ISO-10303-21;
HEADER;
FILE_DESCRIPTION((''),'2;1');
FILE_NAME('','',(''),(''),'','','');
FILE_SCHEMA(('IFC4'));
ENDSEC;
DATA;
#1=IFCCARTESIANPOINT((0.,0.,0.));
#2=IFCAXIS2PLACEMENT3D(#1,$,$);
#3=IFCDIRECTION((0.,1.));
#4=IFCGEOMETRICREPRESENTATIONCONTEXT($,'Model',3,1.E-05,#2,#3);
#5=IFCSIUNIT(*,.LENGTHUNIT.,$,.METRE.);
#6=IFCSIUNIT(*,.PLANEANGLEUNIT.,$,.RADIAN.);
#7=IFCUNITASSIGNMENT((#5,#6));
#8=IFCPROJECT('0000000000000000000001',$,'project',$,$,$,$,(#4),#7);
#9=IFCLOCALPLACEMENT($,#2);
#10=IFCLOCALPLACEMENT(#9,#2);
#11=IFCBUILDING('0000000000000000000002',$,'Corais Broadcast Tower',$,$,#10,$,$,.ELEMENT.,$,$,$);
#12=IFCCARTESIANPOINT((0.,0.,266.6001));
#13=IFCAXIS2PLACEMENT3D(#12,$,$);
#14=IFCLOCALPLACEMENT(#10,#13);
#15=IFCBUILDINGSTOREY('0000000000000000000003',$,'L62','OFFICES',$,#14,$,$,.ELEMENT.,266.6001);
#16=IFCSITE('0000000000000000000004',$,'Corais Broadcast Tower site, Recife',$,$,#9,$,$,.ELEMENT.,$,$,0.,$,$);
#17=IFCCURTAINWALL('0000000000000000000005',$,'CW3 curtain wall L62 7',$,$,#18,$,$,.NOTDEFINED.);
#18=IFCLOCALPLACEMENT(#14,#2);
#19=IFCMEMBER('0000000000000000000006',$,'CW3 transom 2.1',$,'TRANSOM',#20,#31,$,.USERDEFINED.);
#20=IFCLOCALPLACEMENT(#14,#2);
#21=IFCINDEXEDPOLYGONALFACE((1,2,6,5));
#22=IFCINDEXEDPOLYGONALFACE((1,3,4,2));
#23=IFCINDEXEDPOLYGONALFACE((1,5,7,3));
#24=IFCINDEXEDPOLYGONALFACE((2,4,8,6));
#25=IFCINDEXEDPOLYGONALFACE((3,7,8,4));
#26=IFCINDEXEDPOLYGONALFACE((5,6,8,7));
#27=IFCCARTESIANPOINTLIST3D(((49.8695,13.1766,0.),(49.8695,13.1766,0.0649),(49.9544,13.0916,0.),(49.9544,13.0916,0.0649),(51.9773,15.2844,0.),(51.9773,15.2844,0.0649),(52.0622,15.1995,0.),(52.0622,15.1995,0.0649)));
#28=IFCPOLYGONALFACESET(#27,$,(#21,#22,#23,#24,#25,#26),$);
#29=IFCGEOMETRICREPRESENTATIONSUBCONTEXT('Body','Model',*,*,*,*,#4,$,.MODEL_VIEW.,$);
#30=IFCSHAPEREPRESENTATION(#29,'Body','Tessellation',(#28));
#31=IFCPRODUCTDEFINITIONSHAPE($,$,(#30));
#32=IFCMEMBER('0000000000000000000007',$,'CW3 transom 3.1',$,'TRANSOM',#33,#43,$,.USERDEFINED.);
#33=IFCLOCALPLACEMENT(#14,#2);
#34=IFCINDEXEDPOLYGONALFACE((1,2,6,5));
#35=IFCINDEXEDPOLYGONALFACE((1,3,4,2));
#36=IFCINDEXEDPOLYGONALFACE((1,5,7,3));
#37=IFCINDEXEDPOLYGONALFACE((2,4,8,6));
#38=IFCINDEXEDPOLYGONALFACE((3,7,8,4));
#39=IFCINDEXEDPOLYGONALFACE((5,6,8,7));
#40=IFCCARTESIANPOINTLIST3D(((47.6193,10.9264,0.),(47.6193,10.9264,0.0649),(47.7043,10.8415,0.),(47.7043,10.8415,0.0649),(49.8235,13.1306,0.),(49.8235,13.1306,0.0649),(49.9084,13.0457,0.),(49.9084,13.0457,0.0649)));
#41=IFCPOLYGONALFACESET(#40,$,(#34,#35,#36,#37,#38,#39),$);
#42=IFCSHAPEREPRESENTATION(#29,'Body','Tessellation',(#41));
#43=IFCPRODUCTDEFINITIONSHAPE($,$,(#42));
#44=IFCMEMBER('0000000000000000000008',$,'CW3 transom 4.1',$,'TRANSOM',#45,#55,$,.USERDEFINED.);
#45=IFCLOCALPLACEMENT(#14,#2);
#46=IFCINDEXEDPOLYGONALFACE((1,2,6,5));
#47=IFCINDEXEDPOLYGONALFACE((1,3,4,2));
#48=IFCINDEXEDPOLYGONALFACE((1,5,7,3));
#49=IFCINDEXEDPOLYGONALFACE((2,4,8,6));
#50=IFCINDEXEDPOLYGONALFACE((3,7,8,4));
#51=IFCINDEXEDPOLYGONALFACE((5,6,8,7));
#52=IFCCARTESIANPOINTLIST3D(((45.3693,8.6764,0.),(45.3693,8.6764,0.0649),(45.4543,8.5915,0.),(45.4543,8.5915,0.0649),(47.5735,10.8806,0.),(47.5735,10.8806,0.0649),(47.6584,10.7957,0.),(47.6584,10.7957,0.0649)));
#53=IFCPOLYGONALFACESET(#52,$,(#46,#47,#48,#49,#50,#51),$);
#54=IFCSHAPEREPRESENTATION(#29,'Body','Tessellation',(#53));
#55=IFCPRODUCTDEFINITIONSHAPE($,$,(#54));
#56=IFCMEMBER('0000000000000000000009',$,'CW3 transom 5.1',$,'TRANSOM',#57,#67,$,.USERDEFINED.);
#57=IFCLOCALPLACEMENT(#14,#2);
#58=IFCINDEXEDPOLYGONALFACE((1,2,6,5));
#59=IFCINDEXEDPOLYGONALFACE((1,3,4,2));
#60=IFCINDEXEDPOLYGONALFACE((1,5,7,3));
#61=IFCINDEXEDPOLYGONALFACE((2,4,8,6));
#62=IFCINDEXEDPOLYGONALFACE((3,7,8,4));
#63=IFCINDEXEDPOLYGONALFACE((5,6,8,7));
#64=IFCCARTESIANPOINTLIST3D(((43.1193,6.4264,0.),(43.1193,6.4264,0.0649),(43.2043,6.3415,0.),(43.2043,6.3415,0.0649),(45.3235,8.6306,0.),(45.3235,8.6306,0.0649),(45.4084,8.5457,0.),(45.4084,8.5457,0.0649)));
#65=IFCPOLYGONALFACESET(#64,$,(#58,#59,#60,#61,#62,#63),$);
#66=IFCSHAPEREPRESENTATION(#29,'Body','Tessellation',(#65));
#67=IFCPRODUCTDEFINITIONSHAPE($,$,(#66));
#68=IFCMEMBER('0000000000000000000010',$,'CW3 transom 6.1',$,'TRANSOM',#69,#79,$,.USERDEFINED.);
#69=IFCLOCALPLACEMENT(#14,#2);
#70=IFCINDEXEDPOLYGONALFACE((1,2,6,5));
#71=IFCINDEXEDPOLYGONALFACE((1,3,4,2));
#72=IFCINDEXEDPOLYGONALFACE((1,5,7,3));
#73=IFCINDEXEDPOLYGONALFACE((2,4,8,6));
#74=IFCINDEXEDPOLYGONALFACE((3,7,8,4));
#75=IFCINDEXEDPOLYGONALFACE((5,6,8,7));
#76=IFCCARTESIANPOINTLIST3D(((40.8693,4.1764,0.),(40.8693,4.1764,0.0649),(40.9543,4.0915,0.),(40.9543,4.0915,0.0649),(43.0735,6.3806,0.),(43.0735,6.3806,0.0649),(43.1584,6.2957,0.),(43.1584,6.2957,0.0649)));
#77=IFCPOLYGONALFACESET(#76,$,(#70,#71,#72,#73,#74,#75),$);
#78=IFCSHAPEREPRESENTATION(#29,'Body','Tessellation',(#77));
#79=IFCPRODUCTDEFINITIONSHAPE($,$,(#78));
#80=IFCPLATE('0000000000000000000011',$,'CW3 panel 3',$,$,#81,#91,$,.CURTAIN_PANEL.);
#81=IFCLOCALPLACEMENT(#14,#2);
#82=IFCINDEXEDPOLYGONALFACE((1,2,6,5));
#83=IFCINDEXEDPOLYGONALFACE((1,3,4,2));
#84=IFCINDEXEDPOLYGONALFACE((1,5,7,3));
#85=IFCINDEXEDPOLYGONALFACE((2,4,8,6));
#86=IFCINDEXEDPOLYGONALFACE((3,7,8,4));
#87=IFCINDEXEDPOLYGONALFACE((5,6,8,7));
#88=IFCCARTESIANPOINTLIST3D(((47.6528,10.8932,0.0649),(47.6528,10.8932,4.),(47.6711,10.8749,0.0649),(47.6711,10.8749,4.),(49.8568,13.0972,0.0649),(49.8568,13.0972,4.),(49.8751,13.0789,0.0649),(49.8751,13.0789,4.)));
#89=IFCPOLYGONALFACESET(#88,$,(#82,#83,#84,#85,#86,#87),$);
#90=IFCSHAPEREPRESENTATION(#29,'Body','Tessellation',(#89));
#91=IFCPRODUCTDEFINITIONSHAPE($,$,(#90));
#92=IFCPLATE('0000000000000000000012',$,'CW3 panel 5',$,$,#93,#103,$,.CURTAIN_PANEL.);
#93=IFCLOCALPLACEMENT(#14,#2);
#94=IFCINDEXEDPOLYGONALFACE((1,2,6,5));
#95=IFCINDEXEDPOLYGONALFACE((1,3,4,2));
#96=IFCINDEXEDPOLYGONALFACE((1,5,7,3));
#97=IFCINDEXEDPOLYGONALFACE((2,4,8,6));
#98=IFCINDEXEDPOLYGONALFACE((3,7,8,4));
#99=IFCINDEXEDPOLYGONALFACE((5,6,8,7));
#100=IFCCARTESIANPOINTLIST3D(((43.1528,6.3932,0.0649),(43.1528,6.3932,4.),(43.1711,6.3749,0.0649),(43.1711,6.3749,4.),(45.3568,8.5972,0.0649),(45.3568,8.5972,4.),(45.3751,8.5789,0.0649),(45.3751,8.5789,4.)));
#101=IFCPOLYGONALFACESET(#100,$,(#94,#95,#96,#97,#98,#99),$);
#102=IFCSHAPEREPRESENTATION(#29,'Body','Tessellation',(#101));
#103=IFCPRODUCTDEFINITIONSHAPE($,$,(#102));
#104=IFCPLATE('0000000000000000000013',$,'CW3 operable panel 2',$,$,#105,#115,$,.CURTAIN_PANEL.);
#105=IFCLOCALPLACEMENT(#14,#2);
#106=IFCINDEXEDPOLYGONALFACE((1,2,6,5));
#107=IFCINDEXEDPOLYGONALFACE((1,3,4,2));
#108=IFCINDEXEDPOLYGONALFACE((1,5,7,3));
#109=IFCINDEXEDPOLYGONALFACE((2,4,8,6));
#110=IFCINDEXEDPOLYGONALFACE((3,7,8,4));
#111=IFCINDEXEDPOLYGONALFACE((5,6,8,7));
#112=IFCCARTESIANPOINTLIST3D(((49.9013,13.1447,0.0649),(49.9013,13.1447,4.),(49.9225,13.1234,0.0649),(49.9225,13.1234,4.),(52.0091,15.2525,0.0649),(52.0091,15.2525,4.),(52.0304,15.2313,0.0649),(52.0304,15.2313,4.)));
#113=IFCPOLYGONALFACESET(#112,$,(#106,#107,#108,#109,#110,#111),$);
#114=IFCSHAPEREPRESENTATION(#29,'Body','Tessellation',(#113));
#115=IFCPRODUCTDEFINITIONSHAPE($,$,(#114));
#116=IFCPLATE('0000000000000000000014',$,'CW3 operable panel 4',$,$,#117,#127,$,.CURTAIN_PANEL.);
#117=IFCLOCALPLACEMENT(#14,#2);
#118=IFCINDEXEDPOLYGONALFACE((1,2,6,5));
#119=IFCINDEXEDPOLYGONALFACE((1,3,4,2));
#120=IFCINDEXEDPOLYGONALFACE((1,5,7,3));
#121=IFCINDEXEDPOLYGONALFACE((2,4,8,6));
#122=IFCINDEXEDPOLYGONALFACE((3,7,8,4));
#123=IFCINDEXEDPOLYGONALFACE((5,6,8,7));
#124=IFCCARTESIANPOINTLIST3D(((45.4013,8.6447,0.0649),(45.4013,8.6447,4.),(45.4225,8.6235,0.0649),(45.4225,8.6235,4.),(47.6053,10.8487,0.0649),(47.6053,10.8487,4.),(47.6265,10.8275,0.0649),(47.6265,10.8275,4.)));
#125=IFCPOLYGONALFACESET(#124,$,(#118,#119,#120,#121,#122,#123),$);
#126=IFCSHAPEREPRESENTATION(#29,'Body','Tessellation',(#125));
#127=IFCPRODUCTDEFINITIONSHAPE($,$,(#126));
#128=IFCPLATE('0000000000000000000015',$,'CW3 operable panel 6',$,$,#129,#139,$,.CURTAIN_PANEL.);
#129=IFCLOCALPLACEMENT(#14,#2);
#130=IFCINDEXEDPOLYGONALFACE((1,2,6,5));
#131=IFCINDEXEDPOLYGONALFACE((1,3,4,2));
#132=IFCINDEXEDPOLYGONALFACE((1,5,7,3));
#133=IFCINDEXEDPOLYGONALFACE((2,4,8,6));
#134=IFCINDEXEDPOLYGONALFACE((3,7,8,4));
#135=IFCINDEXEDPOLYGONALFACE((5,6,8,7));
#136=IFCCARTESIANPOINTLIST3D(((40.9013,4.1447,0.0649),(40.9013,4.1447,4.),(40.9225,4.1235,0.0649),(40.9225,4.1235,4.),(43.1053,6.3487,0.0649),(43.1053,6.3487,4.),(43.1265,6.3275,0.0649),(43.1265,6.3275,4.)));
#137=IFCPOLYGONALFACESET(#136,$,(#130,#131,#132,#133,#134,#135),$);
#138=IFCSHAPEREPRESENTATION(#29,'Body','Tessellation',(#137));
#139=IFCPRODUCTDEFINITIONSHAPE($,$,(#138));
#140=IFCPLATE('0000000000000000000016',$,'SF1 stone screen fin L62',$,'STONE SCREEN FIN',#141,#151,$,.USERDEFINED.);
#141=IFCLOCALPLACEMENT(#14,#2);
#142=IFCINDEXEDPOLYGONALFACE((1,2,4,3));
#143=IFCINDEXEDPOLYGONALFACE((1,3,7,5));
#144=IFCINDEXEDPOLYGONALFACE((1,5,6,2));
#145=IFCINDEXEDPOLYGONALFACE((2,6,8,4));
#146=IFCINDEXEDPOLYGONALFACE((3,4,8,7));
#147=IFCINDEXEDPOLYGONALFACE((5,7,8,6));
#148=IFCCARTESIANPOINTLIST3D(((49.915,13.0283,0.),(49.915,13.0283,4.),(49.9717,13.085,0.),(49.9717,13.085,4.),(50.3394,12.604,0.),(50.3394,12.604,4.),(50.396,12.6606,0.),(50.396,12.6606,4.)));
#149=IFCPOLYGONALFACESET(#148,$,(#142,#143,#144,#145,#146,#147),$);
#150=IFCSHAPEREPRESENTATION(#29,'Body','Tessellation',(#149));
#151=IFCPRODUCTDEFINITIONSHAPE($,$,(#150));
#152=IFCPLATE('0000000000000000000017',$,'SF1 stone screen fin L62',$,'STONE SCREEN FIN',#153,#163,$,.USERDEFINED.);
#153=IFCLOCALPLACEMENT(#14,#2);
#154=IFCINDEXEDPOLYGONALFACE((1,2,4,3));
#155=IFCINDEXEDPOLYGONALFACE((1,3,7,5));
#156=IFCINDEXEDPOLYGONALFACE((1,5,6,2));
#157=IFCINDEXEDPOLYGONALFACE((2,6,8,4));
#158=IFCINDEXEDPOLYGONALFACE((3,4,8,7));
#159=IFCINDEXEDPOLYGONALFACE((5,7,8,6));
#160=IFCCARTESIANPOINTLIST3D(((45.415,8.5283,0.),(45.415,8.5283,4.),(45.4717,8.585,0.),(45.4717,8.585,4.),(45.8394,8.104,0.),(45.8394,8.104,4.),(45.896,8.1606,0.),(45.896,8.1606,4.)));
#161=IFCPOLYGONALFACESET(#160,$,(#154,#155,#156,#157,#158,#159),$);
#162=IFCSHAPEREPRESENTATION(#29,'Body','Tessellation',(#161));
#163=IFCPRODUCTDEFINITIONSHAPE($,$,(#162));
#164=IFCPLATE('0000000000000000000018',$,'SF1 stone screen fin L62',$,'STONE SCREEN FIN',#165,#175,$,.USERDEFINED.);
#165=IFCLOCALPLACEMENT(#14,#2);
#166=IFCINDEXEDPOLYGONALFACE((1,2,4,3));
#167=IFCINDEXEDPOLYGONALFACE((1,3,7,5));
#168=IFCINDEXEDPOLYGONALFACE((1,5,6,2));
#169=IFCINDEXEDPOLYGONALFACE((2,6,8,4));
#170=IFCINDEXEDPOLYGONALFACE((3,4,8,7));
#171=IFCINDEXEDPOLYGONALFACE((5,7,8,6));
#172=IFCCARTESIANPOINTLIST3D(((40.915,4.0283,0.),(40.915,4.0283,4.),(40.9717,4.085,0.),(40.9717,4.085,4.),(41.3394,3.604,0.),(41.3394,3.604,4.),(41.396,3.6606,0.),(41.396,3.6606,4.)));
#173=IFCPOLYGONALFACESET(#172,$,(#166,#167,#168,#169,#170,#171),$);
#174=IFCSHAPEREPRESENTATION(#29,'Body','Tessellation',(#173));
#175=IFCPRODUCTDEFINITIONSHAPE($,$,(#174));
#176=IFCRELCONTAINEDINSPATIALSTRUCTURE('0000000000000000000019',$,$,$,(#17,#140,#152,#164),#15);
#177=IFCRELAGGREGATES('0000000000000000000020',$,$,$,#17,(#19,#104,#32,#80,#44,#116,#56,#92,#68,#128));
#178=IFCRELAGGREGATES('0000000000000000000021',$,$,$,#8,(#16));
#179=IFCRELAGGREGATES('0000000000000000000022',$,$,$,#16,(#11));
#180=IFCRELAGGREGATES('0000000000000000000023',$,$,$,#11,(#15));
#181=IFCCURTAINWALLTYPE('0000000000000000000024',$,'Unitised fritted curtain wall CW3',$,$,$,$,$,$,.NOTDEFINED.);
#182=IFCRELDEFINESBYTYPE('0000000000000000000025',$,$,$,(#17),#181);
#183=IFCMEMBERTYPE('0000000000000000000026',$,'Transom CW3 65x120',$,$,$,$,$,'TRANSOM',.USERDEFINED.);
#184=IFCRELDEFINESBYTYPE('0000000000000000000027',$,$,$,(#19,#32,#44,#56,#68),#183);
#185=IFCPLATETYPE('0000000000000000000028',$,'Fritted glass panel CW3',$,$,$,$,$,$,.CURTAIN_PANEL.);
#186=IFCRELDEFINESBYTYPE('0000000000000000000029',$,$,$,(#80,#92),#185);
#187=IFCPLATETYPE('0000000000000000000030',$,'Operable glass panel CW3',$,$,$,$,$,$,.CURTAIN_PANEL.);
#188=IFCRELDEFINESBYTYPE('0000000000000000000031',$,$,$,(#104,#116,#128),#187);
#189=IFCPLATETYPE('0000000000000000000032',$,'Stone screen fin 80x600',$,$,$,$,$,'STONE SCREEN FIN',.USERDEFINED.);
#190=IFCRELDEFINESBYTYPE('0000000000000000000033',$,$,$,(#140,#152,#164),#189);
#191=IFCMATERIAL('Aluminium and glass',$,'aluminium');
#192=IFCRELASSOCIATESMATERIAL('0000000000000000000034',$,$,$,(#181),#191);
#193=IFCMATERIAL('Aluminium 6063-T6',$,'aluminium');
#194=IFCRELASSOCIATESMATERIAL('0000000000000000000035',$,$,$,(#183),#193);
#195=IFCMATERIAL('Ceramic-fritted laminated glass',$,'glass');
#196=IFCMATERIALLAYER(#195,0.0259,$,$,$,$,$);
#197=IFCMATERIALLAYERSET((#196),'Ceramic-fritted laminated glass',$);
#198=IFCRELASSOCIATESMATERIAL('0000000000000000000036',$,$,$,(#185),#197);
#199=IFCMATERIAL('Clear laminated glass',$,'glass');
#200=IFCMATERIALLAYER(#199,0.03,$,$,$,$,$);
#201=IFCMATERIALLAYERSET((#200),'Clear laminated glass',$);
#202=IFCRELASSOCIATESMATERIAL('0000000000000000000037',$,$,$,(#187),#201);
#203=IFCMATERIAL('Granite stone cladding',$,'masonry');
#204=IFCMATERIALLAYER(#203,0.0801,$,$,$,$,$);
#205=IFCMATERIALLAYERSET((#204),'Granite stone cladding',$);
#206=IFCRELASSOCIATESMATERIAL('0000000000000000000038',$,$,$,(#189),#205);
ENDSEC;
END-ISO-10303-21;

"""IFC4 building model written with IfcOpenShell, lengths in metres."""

from ifc_helpers import new_model, si_unit, direction, frame, origin, origin_2d, place, context, subcontext, project, spatial, rectangle, extrude, material, layer, layer_set, material_profile, profile_set, type_object, element, aggregate, save


model = new_model("IFC4")

# Units and contexts
model_context = context("Model", 3, precision=1e-05, world=origin(), true_north=direction((0.0, 1.0)))
body_context = subcontext(model_context, "Body", "Model", "MODEL_VIEW")
ifc_project = project(units=[si_unit("LENGTHUNIT", "METRE"), si_unit("PLANEANGLEUNIT", "RADIAN")], contexts=[model_context])

# Site, building, storey
site_placement = place(None, origin())
site = spatial("IfcSite", under=ifc_project, at=site_placement, Name="Corais Broadcast Tower site, Recife", CompositionType="ELEMENT", RefElevation=0.0)
building_placement = place(site_placement, origin())
building = spatial("IfcBuilding", under=site, at=building_placement, Name="Corais Broadcast Tower", CompositionType="ELEMENT")
storey_placement = place(building_placement, frame((0.0, 0.0, 266.6001)))
storey = spatial("IfcBuildingStorey", under=building, at=storey_placement, Name="L62", Description="OFFICES", CompositionType="ELEMENT", Elevation=266.6001)

# Curtain wall
ifc_material_1 = material(Name="Aluminium and glass", Category="aluminium")
curtain_wall_type = type_object("IfcCurtainWallType", Name="Unitised fritted curtain wall CW3", PredefinedType="NOTDEFINED", material=ifc_material_1)
curtain_wall_placement = place(storey_placement, origin())
curtain_wall = element("IfcCurtainWall", 1, at=curtain_wall_placement, inside=storey, type_object=curtain_wall_type, Name="CW3 curtain wall L62 7", PredefinedType="NOTDEFINED")

# Members
ifc_material_2 = material(Name="Aluminium 6063-T6", Category="aluminium")
ifc_material_profile_1 = material_profile(ifc_material_2, rectangle(XDim=0.1201, YDim=0.0649, at=origin_2d()), Name="Transom CW3 65x120")
ifc_profile_set_1 = profile_set([ifc_material_profile_1], Name="Aluminium 6063-T6")
member_type_1 = type_object("IfcMemberType", Name="Transom CW3 65x120", ElementType="TRANSOM", PredefinedType="USERDEFINED", material=ifc_profile_set_1)
member_1_placement = place(storey_placement, frame((52.0198, 15.2419, 0.0325), z_axis=(-0.707107, -0.707107, 0.0), x_axis=(0.707107, -0.707107, 0.0)))
member_1 = element("IfcMember", 2, at=member_1_placement, type_object=member_type_1, Name="CW3 transom 2.1", ObjectType="TRANSOM", PredefinedType="USERDEFINED", context=body_context, shape_type="SweptSolid", body=[
    extrude(rectangle(XDim=0.1201, YDim=0.0649, at=origin_2d()), origin(), (0.0, 0.0, 1.0), 2.981),
])
member_2_placement = place(storey_placement, frame((49.866, 13.0881, 0.0325), z_axis=(-0.707107, -0.707107, 0.0), x_axis=(0.707107, -0.707107, 0.0)))
member_2 = element("IfcMember", 3, at=member_2_placement, type_object=member_type_1, Name="CW3 transom 3.1", ObjectType="TRANSOM", PredefinedType="USERDEFINED", context=body_context, shape_type="SweptSolid", body=[
    extrude(rectangle(XDim=0.1201, YDim=0.0649, at=origin_2d()), origin(), (0.0, 0.0, 1.0), 3.1172),
])
member_3_placement = place(storey_placement, frame((47.616, 10.8381, 0.0325), z_axis=(-0.707107, -0.707107, 0.0), x_axis=(0.707107, -0.707107, 0.0)))
member_3 = element("IfcMember", 4, at=member_3_placement, type_object=member_type_1, Name="CW3 transom 4.1", ObjectType="TRANSOM", PredefinedType="USERDEFINED", context=body_context, shape_type="SweptSolid", body=[
    extrude(rectangle(XDim=0.1201, YDim=0.0649, at=origin_2d()), origin(), (0.0, 0.0, 1.0), 3.1172),
])
member_4_placement = place(storey_placement, frame((45.366, 8.5881, 0.0325), z_axis=(-0.707107, -0.707107, 0.0), x_axis=(0.707107, -0.707107, 0.0)))
member_4 = element("IfcMember", 5, at=member_4_placement, type_object=member_type_1, Name="CW3 transom 5.1", ObjectType="TRANSOM", PredefinedType="USERDEFINED", context=body_context, shape_type="SweptSolid", body=[
    extrude(rectangle(XDim=0.1201, YDim=0.0649, at=origin_2d()), origin(), (0.0, 0.0, 1.0), 3.1172),
])
member_5_placement = place(storey_placement, frame((43.116, 6.3381, 0.0325), z_axis=(-0.707107, -0.707107, 0.0), x_axis=(0.707107, -0.707107, 0.0)))
member_5 = element("IfcMember", 6, at=member_5_placement, type_object=member_type_1, Name="CW3 transom 6.1", ObjectType="TRANSOM", PredefinedType="USERDEFINED", context=body_context, shape_type="SweptSolid", body=[
    extrude(rectangle(XDim=0.1201, YDim=0.0649, at=origin_2d()), origin(), (0.0, 0.0, 1.0), 3.1172),
])

# Plates
ifc_material_3 = material(Name="Ceramic-fritted laminated glass", Category="glass")
ifc_layer_1 = layer(ifc_material_3, 0.0259)
ifc_layer_set_1 = layer_set([ifc_layer_1], Name="Ceramic-fritted laminated glass")
plate_type_1 = type_object("IfcPlateType", Name="Fritted glass panel CW3", PredefinedType="CURTAIN_PANEL", material=ifc_layer_set_1)
plate_1_placement = place(storey_placement, frame((48.7639, 11.9861, 0.0649), z_axis=(0.0, 0.0, 1.0), x_axis=(-0.707107, -0.707107, 0.0)))
plate_1 = element("IfcPlate", 7, at=plate_1_placement, type_object=plate_type_1, Name="CW3 panel 3", PredefinedType="CURTAIN_PANEL", context=body_context, shape_type="SweptSolid", body=[
    extrude(rectangle(XDim=3.1169, YDim=0.0259, at=origin_2d()), origin(), (0.0, 0.0, 1.0), 3.9351),
])
plate_2_placement = place(storey_placement, frame((44.2639, 7.4861, 0.0649), z_axis=(0.0, 0.0, 1.0), x_axis=(-0.707107, -0.707107, 0.0)))
plate_2 = element("IfcPlate", 8, at=plate_2_placement, type_object=plate_type_1, Name="CW3 panel 5", PredefinedType="CURTAIN_PANEL", context=body_context, shape_type="SweptSolid", body=[
    extrude(rectangle(XDim=3.1169, YDim=0.0259, at=origin_2d()), origin(), (0.0, 0.0, 1.0), 3.9351),
])
ifc_material_4 = material(Name="Clear laminated glass", Category="glass")
ifc_layer_2 = layer(ifc_material_4, 0.03)
ifc_layer_set_2 = layer_set([ifc_layer_2], Name="Clear laminated glass")
plate_type_2 = type_object("IfcPlateType", Name="Operable glass panel CW3", PredefinedType="CURTAIN_PANEL", material=ifc_layer_set_2)
plate_3_placement = place(storey_placement, frame((50.9658, 14.188, 0.0649), z_axis=(0.0, 0.0, 1.0), x_axis=(-0.707107, -0.707107, 0.0)))
plate_3 = element("IfcPlate", 9, at=plate_3_placement, type_object=plate_type_2, Name="CW3 operable panel 2", PredefinedType="CURTAIN_PANEL", context=body_context, shape_type="SweptSolid", body=[
    extrude(rectangle(XDim=2.981, YDim=0.03, at=origin_2d()), origin(), (0.0, 0.0, 1.0), 3.9351),
])
plate_4_placement = place(storey_placement, frame((46.5139, 9.7361, 0.0649), z_axis=(0.0, 0.0, 1.0), x_axis=(-0.707107, -0.707107, 0.0)))
plate_4 = element("IfcPlate", 10, at=plate_4_placement, type_object=plate_type_2, Name="CW3 operable panel 4", PredefinedType="CURTAIN_PANEL", context=body_context, shape_type="SweptSolid", body=[
    extrude(rectangle(XDim=3.1169, YDim=0.03, at=origin_2d()), origin(), (0.0, 0.0, 1.0), 3.9351),
])
plate_5_placement = place(storey_placement, frame((42.0139, 5.2361, 0.0649), z_axis=(0.0, 0.0, 1.0), x_axis=(-0.707107, -0.707107, 0.0)))
plate_5 = element("IfcPlate", 11, at=plate_5_placement, type_object=plate_type_2, Name="CW3 operable panel 6", PredefinedType="CURTAIN_PANEL", context=body_context, shape_type="SweptSolid", body=[
    extrude(rectangle(XDim=3.1169, YDim=0.03, at=origin_2d()), origin(), (0.0, 0.0, 1.0), 3.9351),
])
aggregate(curtain_wall, [member_1, plate_3, member_2, plate_1, member_3, plate_4, member_4, plate_2, member_5, plate_5])

# Plates
ifc_material_5 = material(Name="Granite stone cladding", Category="masonry")
ifc_layer_3 = layer(ifc_material_5, 0.0801)
ifc_layer_set_3 = layer_set([ifc_layer_3], Name="Granite stone cladding")
plate_type_3 = type_object("IfcPlateType", Name="Stone screen fin 80x600", ElementType="STONE SCREEN FIN", PredefinedType="USERDEFINED", material=ifc_layer_set_3)
for number, where, z_axis, x_axis, name in (
    (12, (50.1555, 12.8445, 0.0), (0.0, 0.0, 1.0), (-0.707107, -0.707107, 0.0), "SF1 stone screen fin L62"),
    (13, (45.6555, 8.3445, 0.0), (0.0, 0.0, 1.0), (-0.707107, -0.707107, 0.0), "SF1 stone screen fin L62"),
    (14, (41.1555, 3.8445, 0.0), (0.0, 0.0, 1.0), (-0.707107, -0.707107, 0.0), "SF1 stone screen fin L62"),
):
    element("IfcPlate", number, at=place(storey_placement, frame(where, z_axis=z_axis, x_axis=x_axis)), inside=storey, type_object=plate_type_3, Name=name, ObjectType="STONE SCREEN FIN", PredefinedType="USERDEFINED", context=body_context, shape_type="SweptSolid", body=[
        extrude(rectangle(XDim=0.0801, YDim=0.6001, at=origin_2d()), origin(), (0.0, 0.0, 1.0), 4.0),
    ])

save(model, "model.ifc")
